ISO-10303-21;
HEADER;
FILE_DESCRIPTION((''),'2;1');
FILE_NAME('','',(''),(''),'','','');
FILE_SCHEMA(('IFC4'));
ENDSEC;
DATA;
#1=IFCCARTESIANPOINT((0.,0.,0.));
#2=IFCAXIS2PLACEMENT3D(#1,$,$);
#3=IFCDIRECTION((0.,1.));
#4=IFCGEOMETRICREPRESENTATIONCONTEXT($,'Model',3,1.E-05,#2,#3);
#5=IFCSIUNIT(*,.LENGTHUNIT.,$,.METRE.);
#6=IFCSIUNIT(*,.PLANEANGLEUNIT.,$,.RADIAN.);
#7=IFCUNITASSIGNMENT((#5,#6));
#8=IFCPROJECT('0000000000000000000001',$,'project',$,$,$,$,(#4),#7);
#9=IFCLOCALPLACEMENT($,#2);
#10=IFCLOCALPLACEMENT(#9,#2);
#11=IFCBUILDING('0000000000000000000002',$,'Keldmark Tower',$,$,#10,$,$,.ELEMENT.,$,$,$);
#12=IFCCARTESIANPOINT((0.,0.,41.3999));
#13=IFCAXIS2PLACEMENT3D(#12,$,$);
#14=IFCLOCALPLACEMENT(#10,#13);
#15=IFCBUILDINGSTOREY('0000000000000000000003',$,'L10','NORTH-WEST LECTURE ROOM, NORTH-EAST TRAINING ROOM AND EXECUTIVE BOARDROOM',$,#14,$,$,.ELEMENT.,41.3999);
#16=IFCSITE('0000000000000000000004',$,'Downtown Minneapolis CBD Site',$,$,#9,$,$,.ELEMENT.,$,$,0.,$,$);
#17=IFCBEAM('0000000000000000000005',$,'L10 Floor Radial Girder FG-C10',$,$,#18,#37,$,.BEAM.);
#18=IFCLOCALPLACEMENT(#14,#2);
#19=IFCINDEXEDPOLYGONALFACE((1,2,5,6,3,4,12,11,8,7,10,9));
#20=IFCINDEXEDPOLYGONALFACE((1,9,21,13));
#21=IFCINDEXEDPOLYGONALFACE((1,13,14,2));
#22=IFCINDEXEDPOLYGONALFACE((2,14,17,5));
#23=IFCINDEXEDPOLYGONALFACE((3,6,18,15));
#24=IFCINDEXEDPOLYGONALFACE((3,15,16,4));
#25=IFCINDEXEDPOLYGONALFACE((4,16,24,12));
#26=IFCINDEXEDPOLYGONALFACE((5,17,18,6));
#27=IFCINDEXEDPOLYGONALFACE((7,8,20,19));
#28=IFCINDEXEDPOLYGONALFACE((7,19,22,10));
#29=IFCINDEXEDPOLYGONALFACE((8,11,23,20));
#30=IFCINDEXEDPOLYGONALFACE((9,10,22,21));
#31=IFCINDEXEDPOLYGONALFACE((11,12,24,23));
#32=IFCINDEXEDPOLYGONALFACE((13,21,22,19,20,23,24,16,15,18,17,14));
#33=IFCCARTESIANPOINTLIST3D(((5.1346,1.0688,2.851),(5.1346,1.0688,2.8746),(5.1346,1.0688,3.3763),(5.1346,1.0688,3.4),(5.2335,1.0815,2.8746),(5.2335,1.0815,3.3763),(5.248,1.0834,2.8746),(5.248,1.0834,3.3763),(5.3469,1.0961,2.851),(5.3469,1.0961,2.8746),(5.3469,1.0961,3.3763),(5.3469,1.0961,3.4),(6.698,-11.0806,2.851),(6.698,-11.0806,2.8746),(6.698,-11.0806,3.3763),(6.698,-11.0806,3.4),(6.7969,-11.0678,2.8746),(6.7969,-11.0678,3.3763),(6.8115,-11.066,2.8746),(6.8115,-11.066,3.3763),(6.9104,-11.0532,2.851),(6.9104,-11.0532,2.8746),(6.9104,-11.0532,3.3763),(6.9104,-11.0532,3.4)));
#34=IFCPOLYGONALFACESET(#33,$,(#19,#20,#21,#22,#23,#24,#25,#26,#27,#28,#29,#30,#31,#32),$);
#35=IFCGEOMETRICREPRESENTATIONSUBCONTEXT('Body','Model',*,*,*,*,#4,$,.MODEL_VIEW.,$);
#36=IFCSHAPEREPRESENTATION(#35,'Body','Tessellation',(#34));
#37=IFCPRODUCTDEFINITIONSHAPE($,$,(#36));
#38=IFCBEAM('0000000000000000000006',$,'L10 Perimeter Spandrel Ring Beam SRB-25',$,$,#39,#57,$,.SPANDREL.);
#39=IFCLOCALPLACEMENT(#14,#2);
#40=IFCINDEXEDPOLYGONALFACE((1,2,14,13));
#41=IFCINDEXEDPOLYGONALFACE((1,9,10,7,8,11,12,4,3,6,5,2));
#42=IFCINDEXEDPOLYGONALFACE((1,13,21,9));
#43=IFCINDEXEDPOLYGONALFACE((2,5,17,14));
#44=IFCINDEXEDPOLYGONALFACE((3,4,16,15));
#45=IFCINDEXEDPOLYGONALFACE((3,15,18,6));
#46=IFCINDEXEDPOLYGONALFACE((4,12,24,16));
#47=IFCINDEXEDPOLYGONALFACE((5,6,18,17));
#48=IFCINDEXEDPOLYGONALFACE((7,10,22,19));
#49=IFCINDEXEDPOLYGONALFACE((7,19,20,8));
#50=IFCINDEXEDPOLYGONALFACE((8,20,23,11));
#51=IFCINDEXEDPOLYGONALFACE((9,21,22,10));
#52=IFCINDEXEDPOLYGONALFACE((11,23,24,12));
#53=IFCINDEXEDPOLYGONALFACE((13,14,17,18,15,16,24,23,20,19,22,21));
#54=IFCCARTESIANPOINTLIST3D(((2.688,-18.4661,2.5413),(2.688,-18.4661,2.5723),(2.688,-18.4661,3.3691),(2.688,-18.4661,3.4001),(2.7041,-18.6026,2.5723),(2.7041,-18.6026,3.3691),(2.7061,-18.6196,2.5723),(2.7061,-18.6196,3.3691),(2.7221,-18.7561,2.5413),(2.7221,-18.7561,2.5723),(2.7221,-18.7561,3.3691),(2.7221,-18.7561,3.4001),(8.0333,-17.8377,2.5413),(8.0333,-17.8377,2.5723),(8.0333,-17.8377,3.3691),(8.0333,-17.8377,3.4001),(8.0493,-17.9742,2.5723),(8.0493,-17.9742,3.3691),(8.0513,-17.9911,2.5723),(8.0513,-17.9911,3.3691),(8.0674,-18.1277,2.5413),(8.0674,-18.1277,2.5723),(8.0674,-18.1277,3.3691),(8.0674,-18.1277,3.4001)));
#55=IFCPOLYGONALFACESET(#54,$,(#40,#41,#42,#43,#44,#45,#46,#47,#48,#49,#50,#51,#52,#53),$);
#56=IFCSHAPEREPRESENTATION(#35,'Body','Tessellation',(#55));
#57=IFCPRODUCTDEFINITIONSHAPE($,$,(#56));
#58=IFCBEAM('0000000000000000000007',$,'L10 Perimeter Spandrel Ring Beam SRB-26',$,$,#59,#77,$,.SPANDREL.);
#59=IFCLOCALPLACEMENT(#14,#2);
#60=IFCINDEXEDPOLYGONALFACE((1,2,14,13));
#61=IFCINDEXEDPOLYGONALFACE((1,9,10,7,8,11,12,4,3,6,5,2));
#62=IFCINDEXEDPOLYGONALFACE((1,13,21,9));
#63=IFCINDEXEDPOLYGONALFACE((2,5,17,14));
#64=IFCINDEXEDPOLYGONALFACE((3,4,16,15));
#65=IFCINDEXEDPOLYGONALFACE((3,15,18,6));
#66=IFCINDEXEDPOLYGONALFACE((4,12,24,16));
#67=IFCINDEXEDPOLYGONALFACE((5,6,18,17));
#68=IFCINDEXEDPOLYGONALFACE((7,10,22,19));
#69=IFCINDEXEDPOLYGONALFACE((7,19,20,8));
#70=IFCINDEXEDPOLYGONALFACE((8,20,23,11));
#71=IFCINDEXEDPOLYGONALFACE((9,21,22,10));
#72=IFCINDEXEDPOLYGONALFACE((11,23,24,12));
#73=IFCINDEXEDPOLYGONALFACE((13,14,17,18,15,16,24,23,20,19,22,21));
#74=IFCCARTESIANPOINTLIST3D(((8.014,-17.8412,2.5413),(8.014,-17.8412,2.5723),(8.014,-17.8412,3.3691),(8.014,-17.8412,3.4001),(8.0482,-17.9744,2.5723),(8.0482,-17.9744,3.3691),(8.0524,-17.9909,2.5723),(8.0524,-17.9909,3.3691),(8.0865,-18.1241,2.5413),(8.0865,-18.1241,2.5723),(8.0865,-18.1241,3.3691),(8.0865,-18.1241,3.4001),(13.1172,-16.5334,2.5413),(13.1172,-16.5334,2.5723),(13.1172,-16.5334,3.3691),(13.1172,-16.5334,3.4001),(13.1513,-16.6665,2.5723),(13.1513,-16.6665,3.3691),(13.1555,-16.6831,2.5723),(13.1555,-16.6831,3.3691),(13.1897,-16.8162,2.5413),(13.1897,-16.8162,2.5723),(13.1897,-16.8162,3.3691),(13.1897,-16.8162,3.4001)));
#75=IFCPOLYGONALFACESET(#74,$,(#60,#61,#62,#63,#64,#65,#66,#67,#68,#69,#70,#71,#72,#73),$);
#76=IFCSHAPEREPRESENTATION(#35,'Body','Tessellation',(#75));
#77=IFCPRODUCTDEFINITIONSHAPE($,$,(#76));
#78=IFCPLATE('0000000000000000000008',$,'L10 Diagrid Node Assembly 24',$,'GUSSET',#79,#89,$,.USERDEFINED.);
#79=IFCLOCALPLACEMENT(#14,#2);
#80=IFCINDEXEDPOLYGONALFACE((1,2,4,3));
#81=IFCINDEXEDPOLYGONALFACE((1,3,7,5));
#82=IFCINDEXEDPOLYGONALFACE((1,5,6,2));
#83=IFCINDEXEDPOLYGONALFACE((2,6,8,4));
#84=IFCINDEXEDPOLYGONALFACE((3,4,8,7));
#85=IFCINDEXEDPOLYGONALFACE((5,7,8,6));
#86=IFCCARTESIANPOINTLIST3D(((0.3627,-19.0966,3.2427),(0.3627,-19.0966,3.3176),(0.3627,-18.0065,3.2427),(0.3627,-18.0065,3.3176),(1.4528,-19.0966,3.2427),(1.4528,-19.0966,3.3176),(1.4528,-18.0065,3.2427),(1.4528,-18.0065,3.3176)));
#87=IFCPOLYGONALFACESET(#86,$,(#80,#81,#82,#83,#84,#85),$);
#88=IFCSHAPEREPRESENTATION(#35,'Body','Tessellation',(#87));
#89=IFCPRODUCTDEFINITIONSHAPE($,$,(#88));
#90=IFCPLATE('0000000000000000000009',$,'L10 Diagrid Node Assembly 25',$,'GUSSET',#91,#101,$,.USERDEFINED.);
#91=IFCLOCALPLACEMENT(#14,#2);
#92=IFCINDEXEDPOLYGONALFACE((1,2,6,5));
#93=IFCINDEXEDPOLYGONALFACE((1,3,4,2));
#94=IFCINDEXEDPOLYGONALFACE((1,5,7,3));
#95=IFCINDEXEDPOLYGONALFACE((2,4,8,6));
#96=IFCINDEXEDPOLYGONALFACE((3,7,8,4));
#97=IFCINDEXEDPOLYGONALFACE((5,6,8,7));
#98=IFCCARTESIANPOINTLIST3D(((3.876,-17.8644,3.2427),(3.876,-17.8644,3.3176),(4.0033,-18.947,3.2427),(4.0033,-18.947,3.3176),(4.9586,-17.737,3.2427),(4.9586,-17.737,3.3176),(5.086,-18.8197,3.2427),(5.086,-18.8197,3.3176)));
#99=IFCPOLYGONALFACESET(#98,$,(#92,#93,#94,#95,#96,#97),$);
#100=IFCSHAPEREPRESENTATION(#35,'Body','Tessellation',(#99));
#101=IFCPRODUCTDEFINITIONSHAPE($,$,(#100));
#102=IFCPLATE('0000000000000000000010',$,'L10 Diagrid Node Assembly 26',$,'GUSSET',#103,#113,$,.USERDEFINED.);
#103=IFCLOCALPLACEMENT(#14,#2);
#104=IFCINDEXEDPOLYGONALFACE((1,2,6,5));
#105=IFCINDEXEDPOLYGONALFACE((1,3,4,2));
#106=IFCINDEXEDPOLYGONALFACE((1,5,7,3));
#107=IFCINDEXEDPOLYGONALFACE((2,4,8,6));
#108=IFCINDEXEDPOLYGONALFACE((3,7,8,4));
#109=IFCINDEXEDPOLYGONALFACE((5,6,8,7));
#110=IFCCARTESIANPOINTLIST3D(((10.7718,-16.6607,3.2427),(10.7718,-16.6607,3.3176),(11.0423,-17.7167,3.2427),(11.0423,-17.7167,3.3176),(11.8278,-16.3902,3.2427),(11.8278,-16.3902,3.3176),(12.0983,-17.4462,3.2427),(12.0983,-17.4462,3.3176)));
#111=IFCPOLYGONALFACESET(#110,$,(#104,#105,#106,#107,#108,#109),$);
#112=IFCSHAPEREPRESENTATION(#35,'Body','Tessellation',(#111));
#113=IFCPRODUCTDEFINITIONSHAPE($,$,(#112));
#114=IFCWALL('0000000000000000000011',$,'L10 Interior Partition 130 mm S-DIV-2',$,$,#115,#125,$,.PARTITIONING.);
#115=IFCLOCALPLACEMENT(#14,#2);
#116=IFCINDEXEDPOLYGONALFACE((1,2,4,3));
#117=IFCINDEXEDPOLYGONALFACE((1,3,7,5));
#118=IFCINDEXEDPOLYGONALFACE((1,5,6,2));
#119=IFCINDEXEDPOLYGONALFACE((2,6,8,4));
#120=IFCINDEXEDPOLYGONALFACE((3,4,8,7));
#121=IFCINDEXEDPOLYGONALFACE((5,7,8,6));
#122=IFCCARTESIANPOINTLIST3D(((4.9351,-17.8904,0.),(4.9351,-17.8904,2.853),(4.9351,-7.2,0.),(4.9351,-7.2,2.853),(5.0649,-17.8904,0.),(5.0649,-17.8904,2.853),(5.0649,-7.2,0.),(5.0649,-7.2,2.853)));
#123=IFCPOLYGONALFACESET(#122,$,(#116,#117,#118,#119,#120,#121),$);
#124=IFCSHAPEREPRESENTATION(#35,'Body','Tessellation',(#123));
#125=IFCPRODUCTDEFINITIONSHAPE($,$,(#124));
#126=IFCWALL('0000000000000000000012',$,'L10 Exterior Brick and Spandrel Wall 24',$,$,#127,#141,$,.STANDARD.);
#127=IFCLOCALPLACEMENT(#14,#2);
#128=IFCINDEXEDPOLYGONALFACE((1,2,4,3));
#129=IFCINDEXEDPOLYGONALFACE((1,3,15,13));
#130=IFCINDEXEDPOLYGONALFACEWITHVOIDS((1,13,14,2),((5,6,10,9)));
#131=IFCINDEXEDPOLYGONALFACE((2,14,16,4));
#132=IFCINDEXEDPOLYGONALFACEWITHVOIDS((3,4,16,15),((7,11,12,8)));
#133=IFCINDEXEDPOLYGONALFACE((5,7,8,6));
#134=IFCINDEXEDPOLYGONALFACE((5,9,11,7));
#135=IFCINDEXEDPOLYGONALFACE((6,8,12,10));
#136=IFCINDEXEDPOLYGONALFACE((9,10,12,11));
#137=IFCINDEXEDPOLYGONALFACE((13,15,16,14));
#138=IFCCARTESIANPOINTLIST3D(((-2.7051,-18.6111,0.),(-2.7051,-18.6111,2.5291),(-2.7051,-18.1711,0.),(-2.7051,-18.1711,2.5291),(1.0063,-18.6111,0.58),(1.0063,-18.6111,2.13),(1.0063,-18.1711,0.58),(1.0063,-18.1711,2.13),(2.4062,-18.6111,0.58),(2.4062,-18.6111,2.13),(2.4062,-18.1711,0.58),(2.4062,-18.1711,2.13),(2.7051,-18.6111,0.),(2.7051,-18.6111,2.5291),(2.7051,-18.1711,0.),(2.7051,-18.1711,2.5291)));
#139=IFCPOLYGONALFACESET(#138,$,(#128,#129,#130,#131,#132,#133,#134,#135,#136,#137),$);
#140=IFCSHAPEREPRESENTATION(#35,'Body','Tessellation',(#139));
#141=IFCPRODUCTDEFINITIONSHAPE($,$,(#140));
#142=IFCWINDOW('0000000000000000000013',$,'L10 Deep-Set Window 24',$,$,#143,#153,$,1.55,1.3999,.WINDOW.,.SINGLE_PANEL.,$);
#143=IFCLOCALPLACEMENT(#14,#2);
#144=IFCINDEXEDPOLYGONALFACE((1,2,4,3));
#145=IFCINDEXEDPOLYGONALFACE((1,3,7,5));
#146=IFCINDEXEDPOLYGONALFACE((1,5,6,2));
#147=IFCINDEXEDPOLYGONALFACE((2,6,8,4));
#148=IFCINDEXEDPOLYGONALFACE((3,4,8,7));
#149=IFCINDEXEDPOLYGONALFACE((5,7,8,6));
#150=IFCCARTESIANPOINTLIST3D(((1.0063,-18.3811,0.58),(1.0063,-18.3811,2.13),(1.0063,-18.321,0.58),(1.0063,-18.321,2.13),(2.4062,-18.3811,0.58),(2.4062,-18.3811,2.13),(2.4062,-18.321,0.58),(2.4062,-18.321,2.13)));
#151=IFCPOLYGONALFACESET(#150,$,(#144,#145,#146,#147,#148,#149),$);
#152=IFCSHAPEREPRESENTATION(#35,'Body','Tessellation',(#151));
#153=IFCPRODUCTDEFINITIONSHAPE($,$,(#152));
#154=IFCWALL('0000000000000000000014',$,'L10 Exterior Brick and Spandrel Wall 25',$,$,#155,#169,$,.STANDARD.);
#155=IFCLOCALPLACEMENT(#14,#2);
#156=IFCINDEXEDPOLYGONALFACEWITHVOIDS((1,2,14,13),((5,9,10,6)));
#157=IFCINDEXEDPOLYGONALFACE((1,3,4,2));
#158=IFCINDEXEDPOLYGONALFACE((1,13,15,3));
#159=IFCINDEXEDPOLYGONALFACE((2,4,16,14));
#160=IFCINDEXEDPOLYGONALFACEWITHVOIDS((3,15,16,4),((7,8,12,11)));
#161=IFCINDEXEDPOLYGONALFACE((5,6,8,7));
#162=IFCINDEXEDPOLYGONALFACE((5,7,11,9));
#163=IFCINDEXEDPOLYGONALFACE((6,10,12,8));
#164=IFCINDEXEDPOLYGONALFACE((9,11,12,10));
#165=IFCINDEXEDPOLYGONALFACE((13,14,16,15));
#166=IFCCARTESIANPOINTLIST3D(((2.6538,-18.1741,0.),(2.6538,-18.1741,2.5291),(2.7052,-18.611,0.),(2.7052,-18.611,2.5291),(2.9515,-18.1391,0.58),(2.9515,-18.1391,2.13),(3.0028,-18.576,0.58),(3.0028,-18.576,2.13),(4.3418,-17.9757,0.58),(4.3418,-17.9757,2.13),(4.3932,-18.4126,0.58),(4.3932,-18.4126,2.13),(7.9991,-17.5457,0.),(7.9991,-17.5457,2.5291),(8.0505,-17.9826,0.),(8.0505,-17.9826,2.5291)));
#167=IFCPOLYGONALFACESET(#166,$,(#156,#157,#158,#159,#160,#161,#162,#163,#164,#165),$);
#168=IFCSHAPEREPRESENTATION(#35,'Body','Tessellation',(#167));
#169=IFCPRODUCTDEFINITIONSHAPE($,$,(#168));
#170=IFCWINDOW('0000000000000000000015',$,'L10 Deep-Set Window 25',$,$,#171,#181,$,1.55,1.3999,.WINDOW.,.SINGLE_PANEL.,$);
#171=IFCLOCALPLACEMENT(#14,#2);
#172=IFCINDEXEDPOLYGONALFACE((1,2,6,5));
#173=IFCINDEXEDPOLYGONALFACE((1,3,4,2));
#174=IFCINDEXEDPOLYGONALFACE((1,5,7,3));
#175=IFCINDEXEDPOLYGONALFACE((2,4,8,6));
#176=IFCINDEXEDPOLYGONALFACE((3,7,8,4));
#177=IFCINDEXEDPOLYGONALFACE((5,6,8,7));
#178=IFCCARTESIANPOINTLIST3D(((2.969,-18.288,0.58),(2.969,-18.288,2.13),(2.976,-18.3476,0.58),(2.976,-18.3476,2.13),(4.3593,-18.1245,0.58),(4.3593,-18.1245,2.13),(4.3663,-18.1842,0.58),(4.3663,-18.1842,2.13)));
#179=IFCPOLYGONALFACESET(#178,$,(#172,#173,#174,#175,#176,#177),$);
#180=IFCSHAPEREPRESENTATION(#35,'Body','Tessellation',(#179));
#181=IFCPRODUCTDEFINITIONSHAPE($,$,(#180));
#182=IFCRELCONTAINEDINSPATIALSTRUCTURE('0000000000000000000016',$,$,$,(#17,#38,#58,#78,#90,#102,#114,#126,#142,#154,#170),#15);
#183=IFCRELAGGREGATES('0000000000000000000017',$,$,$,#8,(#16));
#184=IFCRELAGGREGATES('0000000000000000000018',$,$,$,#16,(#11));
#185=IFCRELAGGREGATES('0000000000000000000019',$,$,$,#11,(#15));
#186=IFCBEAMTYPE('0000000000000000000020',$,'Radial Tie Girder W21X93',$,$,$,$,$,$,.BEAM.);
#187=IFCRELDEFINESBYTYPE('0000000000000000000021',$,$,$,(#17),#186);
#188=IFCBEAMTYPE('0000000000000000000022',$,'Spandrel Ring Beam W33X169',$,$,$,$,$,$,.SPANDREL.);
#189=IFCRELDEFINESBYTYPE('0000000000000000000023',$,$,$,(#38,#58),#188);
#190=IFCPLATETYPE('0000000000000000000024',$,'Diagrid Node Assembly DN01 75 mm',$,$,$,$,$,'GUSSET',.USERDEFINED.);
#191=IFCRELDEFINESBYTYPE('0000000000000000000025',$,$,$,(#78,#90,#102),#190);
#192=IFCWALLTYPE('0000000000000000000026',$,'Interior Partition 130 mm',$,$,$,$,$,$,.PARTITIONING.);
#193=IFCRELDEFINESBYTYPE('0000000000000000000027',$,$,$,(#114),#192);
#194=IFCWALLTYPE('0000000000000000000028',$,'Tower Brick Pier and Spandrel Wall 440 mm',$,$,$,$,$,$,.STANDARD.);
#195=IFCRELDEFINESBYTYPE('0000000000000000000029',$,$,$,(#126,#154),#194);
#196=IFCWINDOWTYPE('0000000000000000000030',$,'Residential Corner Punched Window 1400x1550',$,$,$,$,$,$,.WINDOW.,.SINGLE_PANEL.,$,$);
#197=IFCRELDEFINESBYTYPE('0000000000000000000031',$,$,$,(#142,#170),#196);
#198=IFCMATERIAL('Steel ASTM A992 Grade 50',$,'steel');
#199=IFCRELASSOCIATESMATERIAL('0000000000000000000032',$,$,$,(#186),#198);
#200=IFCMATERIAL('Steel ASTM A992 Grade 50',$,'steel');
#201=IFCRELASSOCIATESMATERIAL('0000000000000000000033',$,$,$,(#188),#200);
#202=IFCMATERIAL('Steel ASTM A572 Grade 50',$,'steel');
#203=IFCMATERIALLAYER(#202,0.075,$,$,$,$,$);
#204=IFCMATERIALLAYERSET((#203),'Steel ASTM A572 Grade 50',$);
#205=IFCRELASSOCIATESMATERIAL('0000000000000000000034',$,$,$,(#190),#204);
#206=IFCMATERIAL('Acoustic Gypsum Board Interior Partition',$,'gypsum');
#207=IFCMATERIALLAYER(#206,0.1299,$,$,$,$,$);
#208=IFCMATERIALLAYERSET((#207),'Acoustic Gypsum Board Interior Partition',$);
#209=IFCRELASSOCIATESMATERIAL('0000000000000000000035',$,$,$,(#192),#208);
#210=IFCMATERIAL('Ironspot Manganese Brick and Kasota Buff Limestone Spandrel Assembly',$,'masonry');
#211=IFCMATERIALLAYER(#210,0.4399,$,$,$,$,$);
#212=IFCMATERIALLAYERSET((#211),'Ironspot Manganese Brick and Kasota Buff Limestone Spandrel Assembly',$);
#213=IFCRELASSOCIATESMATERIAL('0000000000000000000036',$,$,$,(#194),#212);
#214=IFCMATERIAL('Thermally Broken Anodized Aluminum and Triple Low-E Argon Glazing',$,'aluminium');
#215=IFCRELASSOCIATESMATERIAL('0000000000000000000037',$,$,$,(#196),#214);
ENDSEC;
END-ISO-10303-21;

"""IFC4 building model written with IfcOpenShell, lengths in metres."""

from ifc_helpers import new_model, si_unit, direction, frame, frame_2d, origin, origin_2d, place, context, subcontext, project, spatial, rectangle, i_section, extrude, material, layer, layer_set, material_profile, profile_set, type_object, element, fill, save


model = new_model("IFC4")

# Units and contexts
model_context = context("Model", 3, precision=1e-05, world=origin(), true_north=direction((0.0, 1.0)))
body_context = subcontext(model_context, "Body", "Model", "MODEL_VIEW")
ifc_project = project(units=[si_unit("LENGTHUNIT", "METRE"), si_unit("PLANEANGLEUNIT", "RADIAN")], contexts=[model_context])

# Site, building, storey
site_placement = place(None, origin())
site = spatial("IfcSite", under=ifc_project, at=site_placement, Name="Downtown Minneapolis CBD Site", CompositionType="ELEMENT", RefElevation=0.0)
building_placement = place(site_placement, origin())
building = spatial("IfcBuilding", under=site, at=building_placement, Name="Keldmark Tower", CompositionType="ELEMENT")
storey_placement = place(building_placement, frame((0.0, 0.0, 41.3999)))
storey = spatial("IfcBuildingStorey", under=building, at=storey_placement, Name="L10", Description="NORTH-WEST LECTURE ROOM, NORTH-EAST TRAINING ROOM AND EXECUTIVE BOARDROOM", CompositionType="ELEMENT", Elevation=41.3999)

# Beams
ifc_material_1 = material(Name="Steel ASTM A992 Grade 50", Category="steel")
ifc_material_profile_1 = material_profile(ifc_material_1, i_section(OverallWidth=0.2141, OverallDepth=0.5491, WebThickness=0.0146, FlangeThickness=0.0237, at=origin_2d()), Name="W21X93")
ifc_profile_set_1 = profile_set([ifc_material_profile_1], Name="Steel ASTM A992 Grade 50")
beam_type_1 = type_object("IfcBeamType", Name="Radial Tie Girder W21X93", PredefinedType="BEAM", material=ifc_profile_set_1)
beam_1_placement = place(storey_placement, frame((6.8042, -11.0669, 3.1255), z_axis=(-0.127635, 0.991821, 0.0), x_axis=(-0.991821, -0.127635, 0.0)))
element("IfcBeam", 1, at=beam_1_placement, inside=storey, type_object=beam_type_1, Name="L10 Floor Radial Girder FG-C10", PredefinedType="BEAM", context=body_context, shape_type="SweptSolid", body=[
    extrude(i_section(OverallWidth=0.2141, OverallDepth=0.5491, WebThickness=0.0146, FlangeThickness=0.0237, at=origin_2d()), origin(), (0.0, 0.0, 1.0), 12.2495),
])
ifc_material_2 = material(Name="Steel ASTM A992 Grade 50", Category="steel")
ifc_material_profile_2 = material_profile(ifc_material_2, i_section(OverallWidth=0.292, OverallDepth=0.8589, WebThickness=0.0171, FlangeThickness=0.031, at=origin_2d()), Name="W33X169")
ifc_profile_set_2 = profile_set([ifc_material_profile_2], Name="Steel ASTM A992 Grade 50")
beam_type_2 = type_object("IfcBeamType", Name="Spandrel Ring Beam W33X169", PredefinedType="SPANDREL", material=ifc_profile_set_2)
beam_2_placement = place(storey_placement, frame((2.7051, -18.6111, 2.9707), z_axis=(0.99316, 0.116762, 0.0), x_axis=(-0.116762, 0.99316, 0.0)))
element("IfcBeam", 2, at=beam_2_placement, inside=storey, type_object=beam_type_2, Name="L10 Perimeter Spandrel Ring Beam SRB-25", PredefinedType="SPANDREL", context=body_context, shape_type="SweptSolid", body=[
    extrude(i_section(OverallWidth=0.292, OverallDepth=0.8589, WebThickness=0.0171, FlangeThickness=0.031, at=origin_2d()), origin(), (0.0, 0.0, 1.0), 5.3821),
])
beam_3_placement = place(storey_placement, frame((8.0503, -17.9827, 2.9707), z_axis=(0.968692, 0.248267, 0.0), x_axis=(-0.248267, 0.968692, 0.0)))
element("IfcBeam", 3, at=beam_3_placement, inside=storey, type_object=beam_type_2, Name="L10 Perimeter Spandrel Ring Beam SRB-26", PredefinedType="SPANDREL", context=body_context, shape_type="SweptSolid", body=[
    extrude(i_section(OverallWidth=0.292, OverallDepth=0.8589, WebThickness=0.0171, FlangeThickness=0.031, at=origin_2d()), origin(), (0.0, 0.0, 1.0), 5.2681),
])

# Plates
ifc_material_3 = material(Name="Steel ASTM A572 Grade 50", Category="steel")
ifc_layer_1 = layer(ifc_material_3, 0.075)
ifc_layer_set_1 = layer_set([ifc_layer_1], Name="Steel ASTM A572 Grade 50")
plate_type = type_object("IfcPlateType", Name="Diagrid Node Assembly DN01 75 mm", ElementType="GUSSET", PredefinedType="USERDEFINED", material=ifc_layer_set_1)
for number, where, z_axis, x_axis, name in (
    (4, (0.9077, -18.5515, 3.2427), (0.0, 0.0, 1.0), (1.0, 0.0, 0.0), "L10 Diagrid Node Assembly 24"),
    (5, (4.481, -18.342, 3.2427), (0.0, 0.0, 1.0), (0.99315, 0.116844, 0.0), "L10 Diagrid Node Assembly 25"),
    (6, (11.4351, -17.0535, 3.2427), (0.0, 0.0, 1.0), (0.968713, 0.248183, 0.0), "L10 Diagrid Node Assembly 26"),
):
    element("IfcPlate", number, at=place(storey_placement, frame(where, z_axis=z_axis, x_axis=x_axis)), inside=storey, type_object=plate_type, Name=name, ObjectType="GUSSET", PredefinedType="USERDEFINED", context=body_context, shape_type="SweptSolid", body=[
        extrude(rectangle(XDim=1.0901, YDim=1.0901, at=origin_2d()), origin(), (0.0, 0.0, 1.0), 0.075),
    ])

# Wall
ifc_material_4 = material(Name="Acoustic Gypsum Board Interior Partition", Category="gypsum")
ifc_layer_2 = layer(ifc_material_4, 0.1299)
ifc_layer_set_2 = layer_set([ifc_layer_2], Name="Acoustic Gypsum Board Interior Partition")
wall_type_1 = type_object("IfcWallType", Name="Interior Partition 130 mm", PredefinedType="PARTITIONING", material=ifc_layer_set_2)
wall_1_placement = place(storey_placement, frame((5.0, -17.8904, 0.0), z_axis=(0.0, 0.0, 1.0), x_axis=(0.0, 1.0, 0.0)))
element("IfcWall", 7, at=wall_1_placement, inside=storey, type_object=wall_type_1, Name="L10 Interior Partition 130 mm S-DIV-2", PredefinedType="PARTITIONING", context=body_context, shape_type="SweptSolid", body=[
    extrude(rectangle(XDim=10.6904, YDim=0.1299, at=frame_2d((5.3452, 0.0))), origin(), (0.0, 0.0, 1.0), 2.853),
])

# Walls, openings, windows
ifc_material_5 = material(Name="Ironspot Manganese Brick and Kasota Buff Limestone Spandrel Assembly", Category="masonry")
ifc_layer_3 = layer(ifc_material_5, 0.4399)
ifc_layer_set_3 = layer_set([ifc_layer_3], Name="Ironspot Manganese Brick and Kasota Buff Limestone Spandrel Assembly")
wall_type_2 = type_object("IfcWallType", Name="Tower Brick Pier and Spandrel Wall 440 mm", PredefinedType="STANDARD", material=ifc_layer_set_3)
wall_2_placement = place(storey_placement, frame((2.7051, -18.3911, 0.0), z_axis=(0.0, 0.0, 1.0), x_axis=(-1.0, 0.0, 0.0)))
wall_2 = element("IfcWall", 8, at=wall_2_placement, inside=storey, type_object=wall_type_2, Name="L10 Exterior Brick and Spandrel Wall 24", PredefinedType="STANDARD", context=body_context, shape_type="SweptSolid", body=[
    extrude(rectangle(XDim=5.4102, YDim=0.4399, at=frame_2d((2.7051, 0.0))), origin(), (0.0, 0.0, 1.0), 2.5291),
])
opening_1_placement = place(wall_2_placement, frame((0.2988, 0.0, 0.5801)))
opening_1 = element("IfcOpeningElement", 9, at=opening_1_placement, cuts=wall_2, PredefinedType="OPENING", context=body_context, shape_type="SweptSolid", body=[
    extrude(rectangle(XDim=1.3999, YDim=1.55, at=frame_2d((0.7, 0.7749))), frame((0.0, 0.23, 0.0), z_axis=(0.0, -1.0, 0.0), x_axis=(1.0, 0.0, 0.0)), (0.0, 0.0, 1.0), 0.46),
])
ifc_material_6 = material(Name="Thermally Broken Anodized Aluminum and Triple Low-E Argon Glazing", Category="aluminium")
window_type = type_object("IfcWindowType", Name="Residential Corner Punched Window 1400x1550", PartitioningType="SINGLE_PANEL", PredefinedType="WINDOW", material=ifc_material_6)
window_1_placement = place(opening_1_placement, origin())
window_1 = element("IfcWindow", 10, at=window_1_placement, inside=storey, type_object=window_type, Name="L10 Deep-Set Window 24", OverallHeight=1.55, OverallWidth=1.3999, PartitioningType="SINGLE_PANEL", PredefinedType="WINDOW", context=body_context, shape_type="SweptSolid", body=[
    extrude(rectangle(XDim=1.3999, YDim=1.55, at=frame_2d((0.7, 0.7749))), frame((0.0, -0.01, 0.0), z_axis=(0.0, -1.0, 0.0), x_axis=(1.0, 0.0, 0.0)), (0.0, 0.0, 1.0), 0.0601),
])
fill(opening_1, window_1)
wall_3_placement = place(storey_placement, frame((8.0247, -17.7642, 0.0), z_axis=(0.0, 0.0, 1.0), x_axis=(-0.99316, -0.116762, 0.0)))
wall_3 = element("IfcWall", 11, at=wall_3_placement, inside=storey, type_object=wall_type_2, Name="L10 Exterior Brick and Spandrel Wall 25", PredefinedType="STANDARD", context=body_context, shape_type="SweptSolid", body=[
    extrude(rectangle(XDim=5.3821, YDim=0.4399, at=frame_2d((2.6909, 0.0))), origin(), (0.0, 0.0, 1.0), 2.5291),
])
opening_2_placement = place(wall_3_placement, frame((3.6824, 0.0, 0.5801)))
opening_2 = element("IfcOpeningElement", 12, at=opening_2_placement, cuts=wall_3, PredefinedType="OPENING", context=body_context, shape_type="SweptSolid", body=[
    extrude(rectangle(XDim=1.3999, YDim=1.55, at=frame_2d((0.7, 0.7749))), frame((0.0, 0.23, 0.0), z_axis=(0.0, -1.0, 0.0), x_axis=(1.0, 0.0, 0.0)), (0.0, 0.0, 1.0), 0.46),
])
window_2_placement = place(opening_2_placement, origin())
window_2 = element("IfcWindow", 13, at=window_2_placement, inside=storey, type_object=window_type, Name="L10 Deep-Set Window 25", OverallHeight=1.55, OverallWidth=1.3999, PartitioningType="SINGLE_PANEL", PredefinedType="WINDOW", context=body_context, shape_type="SweptSolid", body=[
    extrude(rectangle(XDim=1.3999, YDim=1.55, at=frame_2d((0.7, 0.7749))), frame((0.0, -0.01, 0.0), z_axis=(0.0, -1.0, 0.0), x_axis=(1.0, 0.0, 0.0)), (0.0, 0.0, 1.0), 0.0601),
])
fill(opening_2, window_2)

save(model, "model.ifc")
